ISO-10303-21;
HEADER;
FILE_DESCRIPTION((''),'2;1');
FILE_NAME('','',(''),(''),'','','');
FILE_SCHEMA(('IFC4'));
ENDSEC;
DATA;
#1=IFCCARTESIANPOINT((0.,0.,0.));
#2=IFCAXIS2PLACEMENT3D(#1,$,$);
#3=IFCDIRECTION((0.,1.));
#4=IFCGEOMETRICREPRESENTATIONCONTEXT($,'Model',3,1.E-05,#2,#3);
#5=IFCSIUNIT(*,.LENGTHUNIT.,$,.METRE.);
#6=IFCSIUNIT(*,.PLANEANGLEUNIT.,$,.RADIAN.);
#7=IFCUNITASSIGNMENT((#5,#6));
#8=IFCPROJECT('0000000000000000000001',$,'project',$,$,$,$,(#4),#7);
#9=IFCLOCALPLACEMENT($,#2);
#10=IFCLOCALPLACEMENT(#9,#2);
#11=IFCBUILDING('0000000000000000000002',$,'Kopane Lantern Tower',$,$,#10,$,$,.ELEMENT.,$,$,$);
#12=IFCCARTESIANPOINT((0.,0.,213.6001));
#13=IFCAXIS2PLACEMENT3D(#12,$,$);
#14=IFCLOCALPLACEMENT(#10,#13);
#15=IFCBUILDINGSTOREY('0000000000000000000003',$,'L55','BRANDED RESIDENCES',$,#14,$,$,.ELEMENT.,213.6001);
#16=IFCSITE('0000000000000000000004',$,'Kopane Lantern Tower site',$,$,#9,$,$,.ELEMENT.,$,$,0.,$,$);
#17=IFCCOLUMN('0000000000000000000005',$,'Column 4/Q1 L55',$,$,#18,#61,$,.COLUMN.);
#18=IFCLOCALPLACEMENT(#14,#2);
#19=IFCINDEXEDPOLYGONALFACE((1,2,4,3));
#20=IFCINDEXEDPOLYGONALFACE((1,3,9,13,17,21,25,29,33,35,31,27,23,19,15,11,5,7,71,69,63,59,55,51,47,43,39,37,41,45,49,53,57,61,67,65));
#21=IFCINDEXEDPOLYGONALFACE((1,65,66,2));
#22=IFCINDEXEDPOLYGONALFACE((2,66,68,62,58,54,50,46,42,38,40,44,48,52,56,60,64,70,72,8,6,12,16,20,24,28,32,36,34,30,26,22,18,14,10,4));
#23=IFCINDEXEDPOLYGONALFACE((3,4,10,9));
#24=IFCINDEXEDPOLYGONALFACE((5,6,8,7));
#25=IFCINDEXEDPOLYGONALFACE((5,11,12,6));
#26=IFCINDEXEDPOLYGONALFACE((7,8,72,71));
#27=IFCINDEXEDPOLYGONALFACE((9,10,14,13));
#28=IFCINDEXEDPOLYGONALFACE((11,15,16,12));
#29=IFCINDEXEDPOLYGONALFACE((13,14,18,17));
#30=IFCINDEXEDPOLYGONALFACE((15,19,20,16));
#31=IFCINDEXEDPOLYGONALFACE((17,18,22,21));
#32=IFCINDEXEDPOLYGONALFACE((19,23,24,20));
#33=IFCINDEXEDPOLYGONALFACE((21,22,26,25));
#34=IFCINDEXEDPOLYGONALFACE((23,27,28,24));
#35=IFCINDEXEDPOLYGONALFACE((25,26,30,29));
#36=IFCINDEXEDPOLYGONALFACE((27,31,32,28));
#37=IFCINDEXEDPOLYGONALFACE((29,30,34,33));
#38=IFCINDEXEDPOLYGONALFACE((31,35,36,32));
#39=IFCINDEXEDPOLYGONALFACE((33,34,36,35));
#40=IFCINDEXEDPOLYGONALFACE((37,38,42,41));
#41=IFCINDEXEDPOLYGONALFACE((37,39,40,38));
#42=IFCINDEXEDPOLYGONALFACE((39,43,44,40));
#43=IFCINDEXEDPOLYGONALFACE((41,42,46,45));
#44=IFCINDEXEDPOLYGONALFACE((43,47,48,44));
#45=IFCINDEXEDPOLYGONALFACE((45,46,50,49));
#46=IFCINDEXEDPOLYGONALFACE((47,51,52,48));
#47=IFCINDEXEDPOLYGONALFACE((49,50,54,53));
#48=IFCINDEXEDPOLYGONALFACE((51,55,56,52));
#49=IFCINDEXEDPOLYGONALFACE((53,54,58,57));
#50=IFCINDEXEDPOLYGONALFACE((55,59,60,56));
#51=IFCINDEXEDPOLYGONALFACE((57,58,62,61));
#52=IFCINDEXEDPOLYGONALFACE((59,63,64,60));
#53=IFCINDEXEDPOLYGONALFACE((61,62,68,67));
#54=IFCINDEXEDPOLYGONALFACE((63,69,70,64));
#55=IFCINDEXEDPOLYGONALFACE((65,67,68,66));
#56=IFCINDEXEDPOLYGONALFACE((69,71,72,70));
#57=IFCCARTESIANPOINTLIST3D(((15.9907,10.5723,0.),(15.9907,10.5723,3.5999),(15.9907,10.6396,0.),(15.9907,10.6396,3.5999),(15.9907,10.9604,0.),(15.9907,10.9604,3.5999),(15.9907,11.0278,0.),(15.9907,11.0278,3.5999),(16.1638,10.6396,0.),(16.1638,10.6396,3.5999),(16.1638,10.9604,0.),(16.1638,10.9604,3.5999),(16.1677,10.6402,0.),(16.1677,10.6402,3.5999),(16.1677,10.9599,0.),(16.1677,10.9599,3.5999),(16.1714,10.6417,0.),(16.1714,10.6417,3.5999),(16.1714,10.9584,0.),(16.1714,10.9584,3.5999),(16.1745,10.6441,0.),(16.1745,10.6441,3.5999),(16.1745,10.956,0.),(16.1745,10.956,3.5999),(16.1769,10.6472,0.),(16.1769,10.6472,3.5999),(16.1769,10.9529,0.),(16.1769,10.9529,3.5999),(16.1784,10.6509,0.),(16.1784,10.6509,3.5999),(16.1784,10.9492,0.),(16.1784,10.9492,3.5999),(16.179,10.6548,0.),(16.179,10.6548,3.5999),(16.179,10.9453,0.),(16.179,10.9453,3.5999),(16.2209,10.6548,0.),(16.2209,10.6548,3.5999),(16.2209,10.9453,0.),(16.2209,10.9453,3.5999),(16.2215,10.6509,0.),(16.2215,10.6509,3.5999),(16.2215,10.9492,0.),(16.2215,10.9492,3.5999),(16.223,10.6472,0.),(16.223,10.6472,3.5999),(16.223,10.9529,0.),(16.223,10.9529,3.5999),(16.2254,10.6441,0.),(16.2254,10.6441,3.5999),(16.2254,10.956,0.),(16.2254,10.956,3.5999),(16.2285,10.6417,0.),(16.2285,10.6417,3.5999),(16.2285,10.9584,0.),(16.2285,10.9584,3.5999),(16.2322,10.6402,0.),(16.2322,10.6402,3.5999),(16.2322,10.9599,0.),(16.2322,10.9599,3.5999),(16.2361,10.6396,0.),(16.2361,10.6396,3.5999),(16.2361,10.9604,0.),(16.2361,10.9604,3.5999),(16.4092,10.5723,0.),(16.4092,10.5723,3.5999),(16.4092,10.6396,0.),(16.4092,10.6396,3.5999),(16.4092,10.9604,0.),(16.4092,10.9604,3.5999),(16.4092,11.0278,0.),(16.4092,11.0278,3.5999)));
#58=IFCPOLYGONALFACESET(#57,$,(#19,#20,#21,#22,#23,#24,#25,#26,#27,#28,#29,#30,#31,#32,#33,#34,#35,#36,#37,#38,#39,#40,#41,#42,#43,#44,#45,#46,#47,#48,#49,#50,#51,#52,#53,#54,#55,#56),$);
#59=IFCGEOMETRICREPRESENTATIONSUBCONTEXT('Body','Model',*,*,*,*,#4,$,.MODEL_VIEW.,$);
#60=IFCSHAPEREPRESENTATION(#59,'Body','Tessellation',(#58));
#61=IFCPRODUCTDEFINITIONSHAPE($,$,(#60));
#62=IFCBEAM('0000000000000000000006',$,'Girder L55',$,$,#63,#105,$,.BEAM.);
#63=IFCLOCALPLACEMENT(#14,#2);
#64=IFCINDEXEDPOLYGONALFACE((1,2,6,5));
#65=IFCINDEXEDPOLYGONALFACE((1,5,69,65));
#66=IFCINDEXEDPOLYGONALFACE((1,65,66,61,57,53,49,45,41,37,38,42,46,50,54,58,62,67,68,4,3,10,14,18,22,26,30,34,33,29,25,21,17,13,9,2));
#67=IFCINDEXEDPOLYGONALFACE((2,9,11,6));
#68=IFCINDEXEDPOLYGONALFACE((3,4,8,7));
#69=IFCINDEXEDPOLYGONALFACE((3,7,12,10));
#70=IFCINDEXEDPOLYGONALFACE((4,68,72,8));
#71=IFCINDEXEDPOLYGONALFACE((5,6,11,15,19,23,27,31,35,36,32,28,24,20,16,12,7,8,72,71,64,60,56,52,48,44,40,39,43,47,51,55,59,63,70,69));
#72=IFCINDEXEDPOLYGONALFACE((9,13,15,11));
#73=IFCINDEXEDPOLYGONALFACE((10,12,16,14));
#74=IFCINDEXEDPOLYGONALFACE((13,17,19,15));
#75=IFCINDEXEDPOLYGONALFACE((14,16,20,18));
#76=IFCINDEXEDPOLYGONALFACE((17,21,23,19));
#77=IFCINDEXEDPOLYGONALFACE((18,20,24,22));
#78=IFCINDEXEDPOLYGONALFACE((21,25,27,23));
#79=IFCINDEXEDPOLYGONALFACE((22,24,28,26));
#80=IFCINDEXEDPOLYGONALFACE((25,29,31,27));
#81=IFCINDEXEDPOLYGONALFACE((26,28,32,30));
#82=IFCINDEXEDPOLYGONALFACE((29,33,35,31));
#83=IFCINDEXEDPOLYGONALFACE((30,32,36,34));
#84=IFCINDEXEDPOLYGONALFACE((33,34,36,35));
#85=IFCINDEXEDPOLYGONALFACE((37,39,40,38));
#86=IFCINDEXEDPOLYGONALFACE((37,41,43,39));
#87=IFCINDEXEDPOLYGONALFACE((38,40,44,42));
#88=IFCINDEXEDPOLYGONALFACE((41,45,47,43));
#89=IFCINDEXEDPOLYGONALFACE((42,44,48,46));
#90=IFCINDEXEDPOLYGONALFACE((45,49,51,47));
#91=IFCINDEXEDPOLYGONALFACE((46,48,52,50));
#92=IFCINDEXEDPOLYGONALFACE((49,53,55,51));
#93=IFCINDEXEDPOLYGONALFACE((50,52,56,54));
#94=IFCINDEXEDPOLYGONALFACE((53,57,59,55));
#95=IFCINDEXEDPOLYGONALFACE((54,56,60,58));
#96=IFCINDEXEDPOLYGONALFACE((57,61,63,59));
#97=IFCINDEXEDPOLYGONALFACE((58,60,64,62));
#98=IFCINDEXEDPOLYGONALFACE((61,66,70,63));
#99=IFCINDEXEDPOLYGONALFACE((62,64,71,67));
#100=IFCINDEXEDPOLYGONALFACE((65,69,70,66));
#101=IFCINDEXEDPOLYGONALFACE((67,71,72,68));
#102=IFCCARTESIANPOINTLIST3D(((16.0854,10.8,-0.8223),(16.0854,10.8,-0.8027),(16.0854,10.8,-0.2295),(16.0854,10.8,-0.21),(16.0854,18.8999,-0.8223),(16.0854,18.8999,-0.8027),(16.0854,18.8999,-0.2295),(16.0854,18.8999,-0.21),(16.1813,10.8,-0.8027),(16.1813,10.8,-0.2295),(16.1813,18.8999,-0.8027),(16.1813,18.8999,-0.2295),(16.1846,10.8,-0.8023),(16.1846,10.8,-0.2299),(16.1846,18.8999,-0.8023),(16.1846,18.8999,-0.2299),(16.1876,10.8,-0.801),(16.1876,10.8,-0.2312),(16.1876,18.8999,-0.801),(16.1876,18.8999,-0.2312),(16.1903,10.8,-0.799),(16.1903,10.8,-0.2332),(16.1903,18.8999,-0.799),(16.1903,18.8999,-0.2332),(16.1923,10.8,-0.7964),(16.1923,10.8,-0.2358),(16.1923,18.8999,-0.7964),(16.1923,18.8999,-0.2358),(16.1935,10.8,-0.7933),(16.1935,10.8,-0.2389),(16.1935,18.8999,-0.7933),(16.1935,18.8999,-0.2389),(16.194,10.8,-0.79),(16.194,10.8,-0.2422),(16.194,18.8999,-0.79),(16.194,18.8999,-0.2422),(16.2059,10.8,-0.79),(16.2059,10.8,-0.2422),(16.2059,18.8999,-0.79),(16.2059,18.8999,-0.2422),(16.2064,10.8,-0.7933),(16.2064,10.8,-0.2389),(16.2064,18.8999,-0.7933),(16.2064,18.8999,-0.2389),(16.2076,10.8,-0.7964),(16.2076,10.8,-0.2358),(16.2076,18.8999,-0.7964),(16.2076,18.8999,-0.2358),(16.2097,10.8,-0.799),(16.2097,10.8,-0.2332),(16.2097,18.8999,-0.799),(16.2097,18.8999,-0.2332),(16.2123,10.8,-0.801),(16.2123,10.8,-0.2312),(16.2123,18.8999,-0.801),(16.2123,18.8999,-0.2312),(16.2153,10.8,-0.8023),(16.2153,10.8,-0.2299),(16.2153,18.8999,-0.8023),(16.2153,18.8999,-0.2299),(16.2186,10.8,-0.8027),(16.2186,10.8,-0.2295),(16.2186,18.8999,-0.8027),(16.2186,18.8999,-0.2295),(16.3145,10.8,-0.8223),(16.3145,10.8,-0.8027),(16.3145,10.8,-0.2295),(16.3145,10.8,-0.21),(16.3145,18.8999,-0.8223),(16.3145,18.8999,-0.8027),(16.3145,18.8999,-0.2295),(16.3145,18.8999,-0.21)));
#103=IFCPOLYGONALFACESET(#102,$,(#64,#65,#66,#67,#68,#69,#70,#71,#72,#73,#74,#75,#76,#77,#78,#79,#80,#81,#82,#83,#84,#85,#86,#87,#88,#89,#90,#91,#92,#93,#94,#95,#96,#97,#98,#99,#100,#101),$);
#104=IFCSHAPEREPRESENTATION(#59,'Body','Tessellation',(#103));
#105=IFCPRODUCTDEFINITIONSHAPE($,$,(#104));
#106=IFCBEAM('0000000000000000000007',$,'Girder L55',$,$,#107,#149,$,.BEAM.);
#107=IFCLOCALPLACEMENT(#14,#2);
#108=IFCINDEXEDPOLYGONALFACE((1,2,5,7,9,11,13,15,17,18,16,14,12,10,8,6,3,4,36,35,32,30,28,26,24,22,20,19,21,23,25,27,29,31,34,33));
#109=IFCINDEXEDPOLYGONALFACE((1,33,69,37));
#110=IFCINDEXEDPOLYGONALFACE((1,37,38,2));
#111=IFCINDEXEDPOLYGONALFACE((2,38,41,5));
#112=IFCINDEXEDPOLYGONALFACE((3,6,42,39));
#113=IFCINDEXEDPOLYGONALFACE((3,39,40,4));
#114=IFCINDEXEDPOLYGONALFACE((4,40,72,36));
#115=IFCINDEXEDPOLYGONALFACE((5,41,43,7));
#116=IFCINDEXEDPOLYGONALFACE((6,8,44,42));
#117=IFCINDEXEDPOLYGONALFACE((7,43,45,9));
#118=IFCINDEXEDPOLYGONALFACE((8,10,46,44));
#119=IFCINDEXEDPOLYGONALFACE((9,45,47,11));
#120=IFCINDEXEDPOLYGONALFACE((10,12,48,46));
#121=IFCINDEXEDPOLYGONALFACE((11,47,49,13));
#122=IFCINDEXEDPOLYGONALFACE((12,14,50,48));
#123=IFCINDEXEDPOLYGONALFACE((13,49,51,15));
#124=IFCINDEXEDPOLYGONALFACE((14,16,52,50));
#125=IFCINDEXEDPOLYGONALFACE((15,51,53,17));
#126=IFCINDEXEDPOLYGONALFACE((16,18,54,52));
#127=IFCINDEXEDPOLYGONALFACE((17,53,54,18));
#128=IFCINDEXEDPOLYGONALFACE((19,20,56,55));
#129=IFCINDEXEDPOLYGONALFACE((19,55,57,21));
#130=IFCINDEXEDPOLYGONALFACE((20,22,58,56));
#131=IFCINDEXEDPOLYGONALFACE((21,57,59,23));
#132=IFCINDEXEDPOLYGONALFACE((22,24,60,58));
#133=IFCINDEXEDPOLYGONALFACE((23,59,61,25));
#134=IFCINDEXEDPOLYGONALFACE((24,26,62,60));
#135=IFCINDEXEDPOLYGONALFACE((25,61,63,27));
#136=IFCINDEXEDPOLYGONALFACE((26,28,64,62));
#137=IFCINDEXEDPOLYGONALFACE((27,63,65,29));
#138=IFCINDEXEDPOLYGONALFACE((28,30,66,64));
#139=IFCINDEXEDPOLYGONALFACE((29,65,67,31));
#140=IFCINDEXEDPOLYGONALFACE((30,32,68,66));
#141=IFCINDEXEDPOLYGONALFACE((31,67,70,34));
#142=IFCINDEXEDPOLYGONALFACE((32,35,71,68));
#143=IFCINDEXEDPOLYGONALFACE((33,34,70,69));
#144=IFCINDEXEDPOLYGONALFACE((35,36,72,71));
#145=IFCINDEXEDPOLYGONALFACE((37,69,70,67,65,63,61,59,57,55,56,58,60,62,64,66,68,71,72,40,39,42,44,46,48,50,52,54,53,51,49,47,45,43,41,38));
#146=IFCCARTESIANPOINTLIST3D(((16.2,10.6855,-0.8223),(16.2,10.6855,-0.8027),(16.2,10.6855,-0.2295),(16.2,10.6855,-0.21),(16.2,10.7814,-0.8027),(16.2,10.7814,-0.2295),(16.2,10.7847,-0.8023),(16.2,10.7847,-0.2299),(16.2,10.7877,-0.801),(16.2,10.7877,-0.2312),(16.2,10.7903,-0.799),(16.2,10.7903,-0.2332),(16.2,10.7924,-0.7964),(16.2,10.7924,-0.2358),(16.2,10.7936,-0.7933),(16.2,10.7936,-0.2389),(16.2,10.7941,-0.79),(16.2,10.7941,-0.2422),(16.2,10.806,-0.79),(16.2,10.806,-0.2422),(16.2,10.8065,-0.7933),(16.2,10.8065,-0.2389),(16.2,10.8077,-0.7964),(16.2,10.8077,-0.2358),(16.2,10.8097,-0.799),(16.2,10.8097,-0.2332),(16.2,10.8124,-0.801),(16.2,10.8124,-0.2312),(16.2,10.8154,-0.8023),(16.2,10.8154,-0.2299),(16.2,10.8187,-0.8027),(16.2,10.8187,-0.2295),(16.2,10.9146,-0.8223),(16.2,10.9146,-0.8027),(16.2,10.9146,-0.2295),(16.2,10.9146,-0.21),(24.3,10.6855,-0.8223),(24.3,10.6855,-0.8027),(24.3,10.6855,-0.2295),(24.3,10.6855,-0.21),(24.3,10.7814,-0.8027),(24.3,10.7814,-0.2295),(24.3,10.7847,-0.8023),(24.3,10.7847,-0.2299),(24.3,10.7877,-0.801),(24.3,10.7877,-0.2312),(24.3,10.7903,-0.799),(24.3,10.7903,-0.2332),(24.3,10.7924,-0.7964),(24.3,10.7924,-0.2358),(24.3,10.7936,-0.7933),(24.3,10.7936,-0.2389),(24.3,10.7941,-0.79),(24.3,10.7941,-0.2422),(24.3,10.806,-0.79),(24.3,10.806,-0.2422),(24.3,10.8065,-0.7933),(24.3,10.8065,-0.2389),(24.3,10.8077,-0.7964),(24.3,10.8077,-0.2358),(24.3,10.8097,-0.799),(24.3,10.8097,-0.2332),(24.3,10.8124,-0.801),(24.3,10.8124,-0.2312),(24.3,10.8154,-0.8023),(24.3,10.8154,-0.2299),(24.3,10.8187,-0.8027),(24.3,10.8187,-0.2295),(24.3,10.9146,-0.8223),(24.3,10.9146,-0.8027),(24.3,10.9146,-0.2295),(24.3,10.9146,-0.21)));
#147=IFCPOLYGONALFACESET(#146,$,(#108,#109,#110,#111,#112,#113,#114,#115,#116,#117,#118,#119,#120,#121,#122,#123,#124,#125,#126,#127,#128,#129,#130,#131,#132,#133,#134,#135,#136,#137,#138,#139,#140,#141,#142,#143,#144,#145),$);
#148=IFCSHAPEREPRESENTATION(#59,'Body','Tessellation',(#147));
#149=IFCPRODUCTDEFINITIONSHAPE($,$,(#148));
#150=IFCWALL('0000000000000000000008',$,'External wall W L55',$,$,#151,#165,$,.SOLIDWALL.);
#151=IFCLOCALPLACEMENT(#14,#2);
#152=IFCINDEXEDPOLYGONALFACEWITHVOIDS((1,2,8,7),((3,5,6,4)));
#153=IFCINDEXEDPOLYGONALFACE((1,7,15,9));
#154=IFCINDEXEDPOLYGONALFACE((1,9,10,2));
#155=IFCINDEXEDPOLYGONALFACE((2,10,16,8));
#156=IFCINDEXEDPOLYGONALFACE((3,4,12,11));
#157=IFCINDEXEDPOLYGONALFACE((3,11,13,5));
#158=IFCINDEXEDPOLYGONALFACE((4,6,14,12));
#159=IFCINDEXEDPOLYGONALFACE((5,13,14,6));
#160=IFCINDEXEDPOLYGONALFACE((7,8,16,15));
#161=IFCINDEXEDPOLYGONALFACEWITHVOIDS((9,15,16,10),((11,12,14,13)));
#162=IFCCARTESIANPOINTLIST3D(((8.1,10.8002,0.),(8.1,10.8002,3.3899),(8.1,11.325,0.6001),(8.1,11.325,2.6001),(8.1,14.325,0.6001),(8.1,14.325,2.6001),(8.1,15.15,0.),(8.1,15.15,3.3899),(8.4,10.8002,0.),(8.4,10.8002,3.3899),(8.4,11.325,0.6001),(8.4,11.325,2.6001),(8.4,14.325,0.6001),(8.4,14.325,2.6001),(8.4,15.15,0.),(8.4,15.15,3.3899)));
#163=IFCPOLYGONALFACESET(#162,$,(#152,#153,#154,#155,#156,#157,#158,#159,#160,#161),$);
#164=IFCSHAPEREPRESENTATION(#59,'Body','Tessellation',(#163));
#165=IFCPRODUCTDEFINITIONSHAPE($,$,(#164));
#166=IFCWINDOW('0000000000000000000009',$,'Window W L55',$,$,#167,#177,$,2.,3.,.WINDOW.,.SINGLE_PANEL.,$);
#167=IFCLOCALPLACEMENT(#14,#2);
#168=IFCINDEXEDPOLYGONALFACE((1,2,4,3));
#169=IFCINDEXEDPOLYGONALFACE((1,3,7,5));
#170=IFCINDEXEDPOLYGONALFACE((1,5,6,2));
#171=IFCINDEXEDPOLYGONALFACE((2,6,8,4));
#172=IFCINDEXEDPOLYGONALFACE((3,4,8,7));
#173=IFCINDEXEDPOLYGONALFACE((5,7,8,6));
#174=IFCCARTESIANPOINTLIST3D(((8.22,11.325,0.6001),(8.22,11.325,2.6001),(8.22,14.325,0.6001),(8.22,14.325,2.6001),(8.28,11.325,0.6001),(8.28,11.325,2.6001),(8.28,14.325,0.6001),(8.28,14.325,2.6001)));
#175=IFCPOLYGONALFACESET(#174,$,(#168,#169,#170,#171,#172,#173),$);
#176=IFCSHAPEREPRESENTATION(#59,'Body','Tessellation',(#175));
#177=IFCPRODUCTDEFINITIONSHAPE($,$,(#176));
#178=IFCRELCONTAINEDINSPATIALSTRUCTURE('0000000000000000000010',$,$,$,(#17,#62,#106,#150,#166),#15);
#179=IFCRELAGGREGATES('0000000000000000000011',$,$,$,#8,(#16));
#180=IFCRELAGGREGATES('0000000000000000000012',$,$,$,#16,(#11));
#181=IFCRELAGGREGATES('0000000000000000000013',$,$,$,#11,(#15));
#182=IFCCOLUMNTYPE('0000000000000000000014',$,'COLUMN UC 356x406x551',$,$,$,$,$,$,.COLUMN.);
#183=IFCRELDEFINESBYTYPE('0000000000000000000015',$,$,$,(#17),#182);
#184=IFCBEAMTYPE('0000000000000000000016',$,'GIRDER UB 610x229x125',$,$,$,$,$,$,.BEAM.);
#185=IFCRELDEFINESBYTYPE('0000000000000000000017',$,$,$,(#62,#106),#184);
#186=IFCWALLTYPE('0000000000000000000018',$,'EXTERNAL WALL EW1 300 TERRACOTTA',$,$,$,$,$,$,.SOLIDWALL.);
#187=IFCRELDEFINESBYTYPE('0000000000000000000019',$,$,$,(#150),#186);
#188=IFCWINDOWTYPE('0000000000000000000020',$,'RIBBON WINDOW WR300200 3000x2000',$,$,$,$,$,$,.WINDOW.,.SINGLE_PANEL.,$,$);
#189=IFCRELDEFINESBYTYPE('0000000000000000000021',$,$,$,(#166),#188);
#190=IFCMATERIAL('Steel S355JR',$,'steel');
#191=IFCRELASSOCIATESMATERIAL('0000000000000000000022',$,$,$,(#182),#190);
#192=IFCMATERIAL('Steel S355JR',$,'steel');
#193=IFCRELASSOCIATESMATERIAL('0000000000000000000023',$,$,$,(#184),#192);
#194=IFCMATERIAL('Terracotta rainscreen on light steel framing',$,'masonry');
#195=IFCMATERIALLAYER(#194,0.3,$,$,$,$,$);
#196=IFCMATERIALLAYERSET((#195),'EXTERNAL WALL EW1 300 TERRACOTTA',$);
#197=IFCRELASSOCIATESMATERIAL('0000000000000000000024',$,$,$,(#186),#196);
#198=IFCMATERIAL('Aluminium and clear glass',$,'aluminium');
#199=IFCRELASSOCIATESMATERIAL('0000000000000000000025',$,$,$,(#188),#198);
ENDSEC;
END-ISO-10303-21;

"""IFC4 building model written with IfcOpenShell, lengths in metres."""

from ifc_helpers import new_model, si_unit, direction, frame, frame_2d, origin, origin_2d, place, context, subcontext, project, spatial, rectangle, i_section, extrude, material, layer, layer_set, material_profile, profile_set, type_object, element, fill, save


model = new_model("IFC4")

# Units and contexts
model_context = context("Model", 3, precision=1e-05, world=origin(), true_north=direction((0.0, 1.0)))
body_context = subcontext(model_context, "Body", "Model", "MODEL_VIEW")
ifc_project = project(units=[si_unit("LENGTHUNIT", "METRE"), si_unit("PLANEANGLEUNIT", "RADIAN")], contexts=[model_context])

# Site, building, storey
site_placement = place(None, origin())
site = spatial("IfcSite", under=ifc_project, at=site_placement, Name="Kopane Lantern Tower site", CompositionType="ELEMENT", RefElevation=0.0)
building_placement = place(site_placement, origin())
building = spatial("IfcBuilding", under=site, at=building_placement, Name="Kopane Lantern Tower", CompositionType="ELEMENT")
storey_placement = place(building_placement, frame((0.0, 0.0, 213.6001)))
storey = spatial("IfcBuildingStorey", under=building, at=storey_placement, Name="L55", Description="BRANDED RESIDENCES", CompositionType="ELEMENT", Elevation=213.6001)

# Column
ifc_material_1 = material(Name="Steel S355JR", Category="steel")
ifc_material_profile_1 = material_profile(ifc_material_1, i_section(OverallWidth=0.4185, OverallDepth=0.4556, WebThickness=0.042, FlangeThickness=0.0674, FilletRadius=0.0151, at=origin_2d()), Name="UC 356x406x551")
ifc_profile_set_1 = profile_set([ifc_material_profile_1], Name="Steel S355JR")
column_type = type_object("IfcColumnType", Name="COLUMN UC 356x406x551", PredefinedType="COLUMN", material=ifc_profile_set_1)
column_placement = place(storey_placement, frame((16.2, 10.8, 0.0), z_axis=(0.0, 0.0, 1.0), x_axis=(1.0, 0.0, 0.0)))
element("IfcColumn", 1, at=column_placement, inside=storey, type_object=column_type, Name="Column 4/Q1 L55", PredefinedType="COLUMN", context=body_context, shape_type="SweptSolid", body=[
    extrude(i_section(OverallWidth=0.4185, OverallDepth=0.4556, WebThickness=0.042, FlangeThickness=0.0674, FilletRadius=0.0151, at=origin_2d()), origin(), (0.0, 0.0, 1.0), 3.5999),
])

# Beams
ifc_material_2 = material(Name="Steel S355JR", Category="steel")
ifc_material_profile_2 = material_profile(ifc_material_2, i_section(OverallWidth=0.229, OverallDepth=0.6123, WebThickness=0.012, FlangeThickness=0.0195, FilletRadius=0.0127, at=origin_2d()), Name="UB 610x229x125")
ifc_profile_set_2 = profile_set([ifc_material_profile_2], Name="Steel S355JR")
beam_type = type_object("IfcBeamType", Name="GIRDER UB 610x229x125", PredefinedType="BEAM", material=ifc_profile_set_2)
beam_1_placement = place(storey_placement, frame((16.2, 10.8, -0.5161), z_axis=(0.0, 1.0, 0.0), x_axis=(-1.0, 0.0, 0.0)))
element("IfcBeam", 2, at=beam_1_placement, inside=storey, type_object=beam_type, Name="Girder L55", PredefinedType="BEAM", context=body_context, shape_type="SweptSolid", body=[
    extrude(i_section(OverallWidth=0.229, OverallDepth=0.6123, WebThickness=0.012, FlangeThickness=0.0195, FilletRadius=0.0127, at=origin_2d()), origin(), (0.0, 0.0, 1.0), 8.0999),
])
beam_2_placement = place(storey_placement, frame((16.2, 10.8, -0.5161), z_axis=(1.0, 0.0, 0.0), x_axis=(0.0, 1.0, 0.0)))
element("IfcBeam", 3, at=beam_2_placement, inside=storey, type_object=beam_type, Name="Girder L55", PredefinedType="BEAM", context=body_context, shape_type="SweptSolid", body=[
    extrude(i_section(OverallWidth=0.229, OverallDepth=0.6123, WebThickness=0.012, FlangeThickness=0.0195, FilletRadius=0.0127, at=origin_2d()), origin(), (0.0, 0.0, 1.0), 8.1001),
])

# Shared definitions
ifc_material_3 = material(Name="Terracotta rainscreen on light steel framing", Category="masonry")
ifc_layer = layer(ifc_material_3, 0.3)
ifc_layer_set = layer_set([ifc_layer], Name="EXTERNAL WALL EW1 300 TERRACOTTA")
wall_type = type_object("IfcWallType", Name="EXTERNAL WALL EW1 300 TERRACOTTA", PredefinedType="SOLIDWALL", material=ifc_layer_set)

# Wall, opening, window
wall_1_placement = place(storey_placement, frame((8.25, 15.1499, 0.0), z_axis=(0.0, 0.0, 1.0), x_axis=(0.0, -1.0, 0.0)))
wall_1 = element("IfcWall", 4, at=wall_1_placement, inside=storey, type_object=wall_type, Name="External wall W L55", PredefinedType="SOLIDWALL", context=body_context, shape_type="SweptSolid", body=[
    extrude(rectangle(XDim=4.3499, YDim=0.3, at=frame_2d((2.1748, 0.0))), origin(), (0.0, 0.0, 1.0), 3.3899),
])
opening_1_placement = place(wall_1_placement, frame((0.825, 0.0, 0.6001)))
opening_1 = element("IfcOpeningElement", 5, at=opening_1_placement, cuts=wall_1, PredefinedType="OPENING", context=body_context, shape_type="SweptSolid", body=[
    extrude(rectangle(XDim=3.0, YDim=2.0, at=frame_2d((1.5, 1.0))), frame((0.0, 0.1599, 0.0), z_axis=(0.0, -1.0, 0.0), x_axis=(1.0, 0.0, 0.0)), (0.0, 0.0, 1.0), 0.3201),
])
ifc_material_4 = material(Name="Aluminium and clear glass", Category="aluminium")
window_type_1 = type_object("IfcWindowType", Name="RIBBON WINDOW WR300200 3000x2000", PartitioningType="SINGLE_PANEL", PredefinedType="WINDOW", material=ifc_material_4)
window_1_placement = place(opening_1_placement, origin())
window_1 = element("IfcWindow", 6, at=window_1_placement, inside=storey, type_object=window_type_1, Name="Window W L55", OverallHeight=2.0, OverallWidth=3.0, PartitioningType="SINGLE_PANEL", PredefinedType="WINDOW", context=body_context, shape_type="SweptSolid", body=[
    extrude(rectangle(XDim=3.0, YDim=2.0, at=frame_2d((1.5, 1.0))), frame((0.0, 0.03, 0.0), z_axis=(0.0, -1.0, 0.0), x_axis=(1.0, 0.0, 0.0)), (0.0, 0.0, 1.0), 0.0601),
])
fill(opening_1, window_1)

save(model, "model.ifc")
